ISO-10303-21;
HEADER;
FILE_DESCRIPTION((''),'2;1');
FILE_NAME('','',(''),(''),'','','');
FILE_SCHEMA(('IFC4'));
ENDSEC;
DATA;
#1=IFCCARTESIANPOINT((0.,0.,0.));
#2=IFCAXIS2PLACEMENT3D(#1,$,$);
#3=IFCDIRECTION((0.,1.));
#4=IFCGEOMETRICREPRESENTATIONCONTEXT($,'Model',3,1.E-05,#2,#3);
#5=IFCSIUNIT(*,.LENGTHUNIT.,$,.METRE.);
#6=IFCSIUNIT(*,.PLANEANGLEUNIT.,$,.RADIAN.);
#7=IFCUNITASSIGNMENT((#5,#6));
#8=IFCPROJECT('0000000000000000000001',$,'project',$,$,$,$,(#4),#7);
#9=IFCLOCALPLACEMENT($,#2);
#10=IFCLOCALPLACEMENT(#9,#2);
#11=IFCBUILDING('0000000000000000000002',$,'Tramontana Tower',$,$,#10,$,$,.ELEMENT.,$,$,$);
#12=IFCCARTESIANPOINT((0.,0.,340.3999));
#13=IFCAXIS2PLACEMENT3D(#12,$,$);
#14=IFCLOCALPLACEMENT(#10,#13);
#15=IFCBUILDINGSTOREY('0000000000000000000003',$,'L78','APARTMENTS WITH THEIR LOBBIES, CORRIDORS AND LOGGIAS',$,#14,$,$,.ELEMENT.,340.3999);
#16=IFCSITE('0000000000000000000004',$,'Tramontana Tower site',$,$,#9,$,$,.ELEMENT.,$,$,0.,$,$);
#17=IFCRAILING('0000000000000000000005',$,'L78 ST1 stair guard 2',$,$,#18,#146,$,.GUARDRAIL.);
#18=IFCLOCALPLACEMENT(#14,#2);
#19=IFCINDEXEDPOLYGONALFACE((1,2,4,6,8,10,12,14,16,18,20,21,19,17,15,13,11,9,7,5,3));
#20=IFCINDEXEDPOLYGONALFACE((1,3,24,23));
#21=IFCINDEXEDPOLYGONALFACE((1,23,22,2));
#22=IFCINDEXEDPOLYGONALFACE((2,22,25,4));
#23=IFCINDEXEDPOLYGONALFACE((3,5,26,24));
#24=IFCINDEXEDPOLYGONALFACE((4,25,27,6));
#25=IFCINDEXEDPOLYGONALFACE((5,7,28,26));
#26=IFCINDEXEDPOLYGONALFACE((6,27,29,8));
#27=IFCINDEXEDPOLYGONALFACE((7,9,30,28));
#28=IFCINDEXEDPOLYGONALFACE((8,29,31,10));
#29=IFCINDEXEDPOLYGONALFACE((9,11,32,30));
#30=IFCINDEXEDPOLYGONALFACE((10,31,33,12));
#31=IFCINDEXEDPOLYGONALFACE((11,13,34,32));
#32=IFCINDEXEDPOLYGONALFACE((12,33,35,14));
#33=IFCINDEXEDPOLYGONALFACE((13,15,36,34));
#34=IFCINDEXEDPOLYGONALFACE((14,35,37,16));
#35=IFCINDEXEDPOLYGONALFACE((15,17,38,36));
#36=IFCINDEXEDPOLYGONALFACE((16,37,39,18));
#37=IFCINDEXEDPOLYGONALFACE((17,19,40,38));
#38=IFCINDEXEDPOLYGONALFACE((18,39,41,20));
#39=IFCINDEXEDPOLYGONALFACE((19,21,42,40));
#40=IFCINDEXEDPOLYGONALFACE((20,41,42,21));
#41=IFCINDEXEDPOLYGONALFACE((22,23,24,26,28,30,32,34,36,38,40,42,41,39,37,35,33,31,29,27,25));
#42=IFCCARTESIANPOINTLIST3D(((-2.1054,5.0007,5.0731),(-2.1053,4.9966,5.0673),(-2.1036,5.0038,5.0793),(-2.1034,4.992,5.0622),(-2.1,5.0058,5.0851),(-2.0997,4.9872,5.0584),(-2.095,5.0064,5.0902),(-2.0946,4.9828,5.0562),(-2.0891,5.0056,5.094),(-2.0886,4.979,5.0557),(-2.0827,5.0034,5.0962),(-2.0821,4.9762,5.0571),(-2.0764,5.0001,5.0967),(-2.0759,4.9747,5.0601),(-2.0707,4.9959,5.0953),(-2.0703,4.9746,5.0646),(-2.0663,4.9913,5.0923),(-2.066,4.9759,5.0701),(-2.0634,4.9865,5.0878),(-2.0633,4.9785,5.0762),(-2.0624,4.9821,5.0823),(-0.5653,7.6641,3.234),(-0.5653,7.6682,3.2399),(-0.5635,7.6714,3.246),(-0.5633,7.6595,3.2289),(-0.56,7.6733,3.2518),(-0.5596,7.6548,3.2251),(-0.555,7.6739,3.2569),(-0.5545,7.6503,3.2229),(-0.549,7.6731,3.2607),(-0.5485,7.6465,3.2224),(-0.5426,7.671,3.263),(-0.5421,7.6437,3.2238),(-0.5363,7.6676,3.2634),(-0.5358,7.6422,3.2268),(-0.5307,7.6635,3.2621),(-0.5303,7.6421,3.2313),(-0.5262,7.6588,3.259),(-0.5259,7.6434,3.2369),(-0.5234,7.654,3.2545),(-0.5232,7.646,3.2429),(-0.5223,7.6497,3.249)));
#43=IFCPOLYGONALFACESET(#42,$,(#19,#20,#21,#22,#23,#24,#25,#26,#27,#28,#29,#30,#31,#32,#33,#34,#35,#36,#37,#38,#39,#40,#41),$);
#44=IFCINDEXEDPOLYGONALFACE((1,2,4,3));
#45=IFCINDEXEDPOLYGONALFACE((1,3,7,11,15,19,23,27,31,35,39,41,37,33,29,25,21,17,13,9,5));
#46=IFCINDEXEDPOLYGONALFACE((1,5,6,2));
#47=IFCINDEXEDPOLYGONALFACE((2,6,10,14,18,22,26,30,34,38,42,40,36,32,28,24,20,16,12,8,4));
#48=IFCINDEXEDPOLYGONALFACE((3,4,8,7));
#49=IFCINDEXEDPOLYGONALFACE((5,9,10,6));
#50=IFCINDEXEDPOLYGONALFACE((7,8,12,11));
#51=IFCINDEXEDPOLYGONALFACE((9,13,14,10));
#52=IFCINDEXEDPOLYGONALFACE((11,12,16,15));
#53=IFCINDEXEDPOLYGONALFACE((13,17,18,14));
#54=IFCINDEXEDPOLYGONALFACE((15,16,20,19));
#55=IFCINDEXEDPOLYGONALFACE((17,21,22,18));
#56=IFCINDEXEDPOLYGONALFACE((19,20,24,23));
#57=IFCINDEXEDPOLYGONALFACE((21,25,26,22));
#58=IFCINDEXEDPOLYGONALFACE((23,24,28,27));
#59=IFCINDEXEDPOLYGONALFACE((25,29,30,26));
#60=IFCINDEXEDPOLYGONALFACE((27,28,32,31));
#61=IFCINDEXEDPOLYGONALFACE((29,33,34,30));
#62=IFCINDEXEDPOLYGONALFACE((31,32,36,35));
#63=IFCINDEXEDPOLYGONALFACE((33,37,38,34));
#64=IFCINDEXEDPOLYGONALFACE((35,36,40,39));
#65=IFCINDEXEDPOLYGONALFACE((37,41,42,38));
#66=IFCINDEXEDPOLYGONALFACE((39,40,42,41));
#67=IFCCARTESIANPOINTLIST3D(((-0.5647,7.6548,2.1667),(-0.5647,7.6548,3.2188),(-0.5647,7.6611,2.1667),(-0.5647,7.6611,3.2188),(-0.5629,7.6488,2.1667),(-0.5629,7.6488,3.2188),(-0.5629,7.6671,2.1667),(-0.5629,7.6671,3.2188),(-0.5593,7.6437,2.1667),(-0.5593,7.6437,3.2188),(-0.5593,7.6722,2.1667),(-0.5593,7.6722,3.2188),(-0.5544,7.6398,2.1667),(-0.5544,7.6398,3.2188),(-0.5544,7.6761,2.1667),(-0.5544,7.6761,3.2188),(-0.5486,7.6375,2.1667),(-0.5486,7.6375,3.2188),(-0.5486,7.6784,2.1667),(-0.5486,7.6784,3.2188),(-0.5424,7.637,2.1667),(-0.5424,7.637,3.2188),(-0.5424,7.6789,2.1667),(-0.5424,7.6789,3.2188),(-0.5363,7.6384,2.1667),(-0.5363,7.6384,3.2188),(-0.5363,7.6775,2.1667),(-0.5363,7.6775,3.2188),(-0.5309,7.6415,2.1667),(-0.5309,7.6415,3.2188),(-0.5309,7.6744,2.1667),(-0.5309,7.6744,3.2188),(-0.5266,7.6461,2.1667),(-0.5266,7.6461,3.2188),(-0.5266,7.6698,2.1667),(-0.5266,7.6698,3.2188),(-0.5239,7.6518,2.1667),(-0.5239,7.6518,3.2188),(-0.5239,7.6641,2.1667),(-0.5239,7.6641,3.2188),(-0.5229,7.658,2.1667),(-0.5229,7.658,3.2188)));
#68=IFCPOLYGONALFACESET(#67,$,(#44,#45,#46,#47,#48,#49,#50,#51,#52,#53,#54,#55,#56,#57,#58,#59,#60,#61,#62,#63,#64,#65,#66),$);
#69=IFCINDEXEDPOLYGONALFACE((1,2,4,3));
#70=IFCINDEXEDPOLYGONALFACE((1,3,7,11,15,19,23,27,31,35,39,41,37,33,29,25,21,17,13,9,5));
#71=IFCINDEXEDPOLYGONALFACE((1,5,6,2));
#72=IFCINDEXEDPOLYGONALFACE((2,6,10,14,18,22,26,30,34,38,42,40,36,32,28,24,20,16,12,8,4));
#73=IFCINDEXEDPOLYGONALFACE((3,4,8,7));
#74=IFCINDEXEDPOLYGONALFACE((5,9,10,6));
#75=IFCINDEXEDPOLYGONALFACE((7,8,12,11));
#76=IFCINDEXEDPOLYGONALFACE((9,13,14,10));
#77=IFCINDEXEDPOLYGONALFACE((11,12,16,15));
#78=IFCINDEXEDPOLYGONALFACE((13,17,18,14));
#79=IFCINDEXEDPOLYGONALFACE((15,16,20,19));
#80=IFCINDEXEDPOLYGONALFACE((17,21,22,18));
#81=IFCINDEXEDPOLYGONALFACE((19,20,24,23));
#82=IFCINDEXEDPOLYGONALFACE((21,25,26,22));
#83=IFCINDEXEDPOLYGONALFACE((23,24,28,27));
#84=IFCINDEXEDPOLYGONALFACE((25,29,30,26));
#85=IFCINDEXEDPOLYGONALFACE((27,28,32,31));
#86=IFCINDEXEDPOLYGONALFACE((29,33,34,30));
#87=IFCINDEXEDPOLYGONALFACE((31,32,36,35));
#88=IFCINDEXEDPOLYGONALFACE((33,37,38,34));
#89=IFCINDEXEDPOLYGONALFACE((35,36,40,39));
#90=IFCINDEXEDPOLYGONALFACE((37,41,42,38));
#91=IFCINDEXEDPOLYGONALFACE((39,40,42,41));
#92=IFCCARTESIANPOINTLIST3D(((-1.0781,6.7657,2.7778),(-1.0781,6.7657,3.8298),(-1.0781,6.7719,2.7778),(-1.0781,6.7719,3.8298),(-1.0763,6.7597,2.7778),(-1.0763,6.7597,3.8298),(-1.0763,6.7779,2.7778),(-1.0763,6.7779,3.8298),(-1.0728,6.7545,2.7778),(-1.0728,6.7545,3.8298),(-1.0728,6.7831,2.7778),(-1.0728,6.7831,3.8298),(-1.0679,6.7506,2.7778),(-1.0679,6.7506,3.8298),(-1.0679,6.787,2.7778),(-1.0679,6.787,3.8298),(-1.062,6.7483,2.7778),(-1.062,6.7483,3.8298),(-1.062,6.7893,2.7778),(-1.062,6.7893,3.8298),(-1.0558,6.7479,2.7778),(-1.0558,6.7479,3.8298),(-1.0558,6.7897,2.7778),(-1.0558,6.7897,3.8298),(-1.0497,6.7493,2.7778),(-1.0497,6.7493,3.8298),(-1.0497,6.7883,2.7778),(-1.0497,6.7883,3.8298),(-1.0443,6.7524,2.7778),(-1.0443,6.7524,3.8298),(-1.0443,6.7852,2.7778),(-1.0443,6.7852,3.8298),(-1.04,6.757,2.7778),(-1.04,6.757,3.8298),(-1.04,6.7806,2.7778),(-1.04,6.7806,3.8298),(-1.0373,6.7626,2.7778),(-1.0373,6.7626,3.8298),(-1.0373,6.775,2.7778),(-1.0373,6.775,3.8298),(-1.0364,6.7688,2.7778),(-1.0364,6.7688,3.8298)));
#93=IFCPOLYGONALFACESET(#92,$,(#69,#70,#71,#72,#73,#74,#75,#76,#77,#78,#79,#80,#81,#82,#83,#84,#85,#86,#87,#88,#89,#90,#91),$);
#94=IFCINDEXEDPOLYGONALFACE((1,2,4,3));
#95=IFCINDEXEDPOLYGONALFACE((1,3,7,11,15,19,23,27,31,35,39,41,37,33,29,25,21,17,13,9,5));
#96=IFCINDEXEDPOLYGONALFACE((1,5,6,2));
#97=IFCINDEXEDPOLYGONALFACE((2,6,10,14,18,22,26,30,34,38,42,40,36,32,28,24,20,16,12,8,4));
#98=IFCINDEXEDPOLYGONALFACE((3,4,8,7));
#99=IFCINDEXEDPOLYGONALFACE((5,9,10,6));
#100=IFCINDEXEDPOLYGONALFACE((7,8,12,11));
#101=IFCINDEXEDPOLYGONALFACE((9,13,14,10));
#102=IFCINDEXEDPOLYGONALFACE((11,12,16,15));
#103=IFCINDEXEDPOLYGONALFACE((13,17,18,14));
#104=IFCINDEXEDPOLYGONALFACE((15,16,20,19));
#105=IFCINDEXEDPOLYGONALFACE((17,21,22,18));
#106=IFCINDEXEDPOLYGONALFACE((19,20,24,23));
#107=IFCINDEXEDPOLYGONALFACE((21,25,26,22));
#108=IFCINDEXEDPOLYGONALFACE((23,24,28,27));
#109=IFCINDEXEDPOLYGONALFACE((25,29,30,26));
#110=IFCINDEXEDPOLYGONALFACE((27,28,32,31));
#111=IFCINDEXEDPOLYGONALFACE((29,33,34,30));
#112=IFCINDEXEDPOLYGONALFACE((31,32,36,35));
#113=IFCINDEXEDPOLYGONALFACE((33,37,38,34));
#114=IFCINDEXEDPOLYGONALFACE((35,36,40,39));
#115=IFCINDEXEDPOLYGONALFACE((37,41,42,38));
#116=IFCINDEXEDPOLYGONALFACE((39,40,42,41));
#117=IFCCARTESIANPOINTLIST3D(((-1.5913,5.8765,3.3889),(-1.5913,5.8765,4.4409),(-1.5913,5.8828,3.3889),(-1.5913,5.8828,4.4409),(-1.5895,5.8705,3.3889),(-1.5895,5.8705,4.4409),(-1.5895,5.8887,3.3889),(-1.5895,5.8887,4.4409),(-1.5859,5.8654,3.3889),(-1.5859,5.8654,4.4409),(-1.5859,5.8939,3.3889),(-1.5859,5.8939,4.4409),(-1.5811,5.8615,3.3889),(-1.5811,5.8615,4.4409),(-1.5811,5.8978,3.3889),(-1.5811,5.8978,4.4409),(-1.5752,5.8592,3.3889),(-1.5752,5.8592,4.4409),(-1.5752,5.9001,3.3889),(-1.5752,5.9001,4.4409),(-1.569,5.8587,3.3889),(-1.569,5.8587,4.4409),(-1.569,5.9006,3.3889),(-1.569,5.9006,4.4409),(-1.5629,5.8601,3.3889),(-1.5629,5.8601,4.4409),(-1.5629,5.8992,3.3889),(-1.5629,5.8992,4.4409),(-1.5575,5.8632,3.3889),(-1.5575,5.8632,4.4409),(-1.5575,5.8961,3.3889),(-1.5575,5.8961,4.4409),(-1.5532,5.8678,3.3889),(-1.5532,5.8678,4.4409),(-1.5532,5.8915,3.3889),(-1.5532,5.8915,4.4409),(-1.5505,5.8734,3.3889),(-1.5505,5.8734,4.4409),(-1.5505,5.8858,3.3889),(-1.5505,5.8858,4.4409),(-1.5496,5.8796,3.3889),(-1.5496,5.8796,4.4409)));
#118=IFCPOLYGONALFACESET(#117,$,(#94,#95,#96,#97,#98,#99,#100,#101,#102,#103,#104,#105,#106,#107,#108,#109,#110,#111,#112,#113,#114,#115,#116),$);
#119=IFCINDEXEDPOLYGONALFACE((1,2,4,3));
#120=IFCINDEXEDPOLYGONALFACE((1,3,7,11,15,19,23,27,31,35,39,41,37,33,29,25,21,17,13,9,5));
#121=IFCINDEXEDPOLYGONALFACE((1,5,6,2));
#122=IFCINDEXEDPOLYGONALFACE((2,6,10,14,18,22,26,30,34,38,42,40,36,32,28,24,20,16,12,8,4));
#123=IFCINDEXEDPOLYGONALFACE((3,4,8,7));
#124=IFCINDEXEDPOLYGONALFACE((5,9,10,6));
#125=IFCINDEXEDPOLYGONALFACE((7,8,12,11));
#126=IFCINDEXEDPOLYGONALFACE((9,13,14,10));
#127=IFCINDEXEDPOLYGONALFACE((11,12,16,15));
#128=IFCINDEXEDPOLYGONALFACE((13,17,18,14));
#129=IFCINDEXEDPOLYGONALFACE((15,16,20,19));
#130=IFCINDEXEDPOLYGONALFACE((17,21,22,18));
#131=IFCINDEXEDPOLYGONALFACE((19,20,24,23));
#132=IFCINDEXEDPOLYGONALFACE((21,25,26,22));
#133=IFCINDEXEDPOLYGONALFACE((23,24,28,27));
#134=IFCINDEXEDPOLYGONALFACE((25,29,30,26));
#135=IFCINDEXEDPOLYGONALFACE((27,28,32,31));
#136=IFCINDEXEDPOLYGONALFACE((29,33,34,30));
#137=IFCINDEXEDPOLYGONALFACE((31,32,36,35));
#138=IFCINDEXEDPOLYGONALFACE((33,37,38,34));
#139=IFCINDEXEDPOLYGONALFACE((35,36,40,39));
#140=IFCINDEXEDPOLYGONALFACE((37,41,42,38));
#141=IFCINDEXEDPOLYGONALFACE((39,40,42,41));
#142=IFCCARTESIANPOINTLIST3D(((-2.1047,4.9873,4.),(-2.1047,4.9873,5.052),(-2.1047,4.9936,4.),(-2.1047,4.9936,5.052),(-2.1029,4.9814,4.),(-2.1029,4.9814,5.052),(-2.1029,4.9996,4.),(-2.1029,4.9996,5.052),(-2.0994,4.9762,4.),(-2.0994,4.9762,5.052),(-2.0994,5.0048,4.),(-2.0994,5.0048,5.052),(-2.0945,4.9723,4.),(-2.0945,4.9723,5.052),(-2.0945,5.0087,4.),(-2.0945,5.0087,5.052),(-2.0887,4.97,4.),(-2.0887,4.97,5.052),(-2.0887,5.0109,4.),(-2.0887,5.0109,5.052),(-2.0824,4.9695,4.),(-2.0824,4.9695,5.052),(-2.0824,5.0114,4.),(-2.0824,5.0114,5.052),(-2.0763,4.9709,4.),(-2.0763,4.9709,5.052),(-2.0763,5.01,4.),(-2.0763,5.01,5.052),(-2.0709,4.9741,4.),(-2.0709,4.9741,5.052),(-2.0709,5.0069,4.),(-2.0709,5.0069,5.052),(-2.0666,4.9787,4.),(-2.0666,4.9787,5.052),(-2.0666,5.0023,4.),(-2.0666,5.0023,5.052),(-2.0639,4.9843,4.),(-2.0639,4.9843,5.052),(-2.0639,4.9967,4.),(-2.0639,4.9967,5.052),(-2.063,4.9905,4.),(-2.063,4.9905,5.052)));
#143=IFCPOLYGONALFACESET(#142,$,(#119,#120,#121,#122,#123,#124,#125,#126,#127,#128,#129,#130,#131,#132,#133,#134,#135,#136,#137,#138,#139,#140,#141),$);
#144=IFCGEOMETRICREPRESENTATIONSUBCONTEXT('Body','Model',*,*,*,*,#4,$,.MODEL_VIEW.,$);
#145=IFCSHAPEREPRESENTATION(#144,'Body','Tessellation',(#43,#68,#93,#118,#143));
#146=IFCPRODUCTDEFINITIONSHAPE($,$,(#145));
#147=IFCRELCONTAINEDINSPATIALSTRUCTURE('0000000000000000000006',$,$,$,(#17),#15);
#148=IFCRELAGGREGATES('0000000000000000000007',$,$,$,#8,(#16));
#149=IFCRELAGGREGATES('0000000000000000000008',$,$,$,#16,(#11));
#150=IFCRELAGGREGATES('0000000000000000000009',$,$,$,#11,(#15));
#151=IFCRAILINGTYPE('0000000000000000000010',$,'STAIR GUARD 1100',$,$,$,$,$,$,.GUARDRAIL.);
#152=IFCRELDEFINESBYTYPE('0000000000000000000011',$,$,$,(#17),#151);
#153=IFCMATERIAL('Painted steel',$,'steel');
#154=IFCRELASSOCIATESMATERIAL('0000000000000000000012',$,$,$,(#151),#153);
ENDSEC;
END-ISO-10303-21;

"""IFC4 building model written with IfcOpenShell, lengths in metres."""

from ifc_helpers import new_model, si_unit, direction, frame, origin, origin_2d, place, context, subcontext, project, spatial, circle, extrude, material, type_object, element, save


model = new_model("IFC4")

# Units and contexts
model_context = context("Model", 3, precision=1e-05, world=origin(), true_north=direction((0.0, 1.0)))
body_context = subcontext(model_context, "Body", "Model", "MODEL_VIEW")
ifc_project = project(units=[si_unit("LENGTHUNIT", "METRE"), si_unit("PLANEANGLEUNIT", "RADIAN")], contexts=[model_context])

# Site, building, storey
site_placement = place(None, origin())
site = spatial("IfcSite", under=ifc_project, at=site_placement, Name="Tramontana Tower site", CompositionType="ELEMENT", RefElevation=0.0)
building_placement = place(site_placement, origin())
building = spatial("IfcBuilding", under=site, at=building_placement, Name="Tramontana Tower", CompositionType="ELEMENT")
storey_placement = place(building_placement, frame((0.0, 0.0, 340.3999)))
storey = spatial("IfcBuildingStorey", under=building, at=storey_placement, Name="L78", Description="APARTMENTS WITH THEIR LOBBIES, CORRIDORS AND LOGGIAS", CompositionType="ELEMENT", Elevation=340.3999)

# Railing
ifc_material_1 = material(Name="Painted steel", Category="steel")
railing_type_1 = type_object("IfcRailingType", Name="STAIR GUARD 1100", PredefinedType="GUARDRAIL", material=ifc_material_1)
railing_1_placement = place(storey_placement, frame((-0.5439, 7.658, 2.1667)))
element("IfcRailing", 1, at=railing_1_placement, inside=storey, type_object=railing_type_1, Name="L78 ST1 stair guard 2", PredefinedType="GUARDRAIL", context=body_context, shape_type="SweptSolid", body=[
    extrude(circle(Radius=0.0239, at=origin_2d()), frame((0.0, 0.0, 1.0762), z_axis=(-0.429649, -0.74419, 0.511452), x_axis=(0.86603, -0.499992, 0.0)), (0.0, 0.0, 1.0), 3.5845),
    extrude(circle(Radius=0.021, at=origin_2d()), origin(), (0.0, 0.0, 1.0), 1.052),
    extrude(circle(Radius=0.021, at=origin_2d()), frame((-0.5134, -0.8892, 0.6111)), (0.0, 0.0, 1.0), 1.052),
    extrude(circle(Radius=0.021, at=origin_2d()), frame((-1.0266, -1.7783, 1.2222)), (0.0, 0.0, 1.0), 1.052),
    extrude(circle(Radius=0.021, at=origin_2d()), frame((-1.54, -2.6675, 1.8333)), (0.0, 0.0, 1.0), 1.052),
])

save(model, "model.ifc")
